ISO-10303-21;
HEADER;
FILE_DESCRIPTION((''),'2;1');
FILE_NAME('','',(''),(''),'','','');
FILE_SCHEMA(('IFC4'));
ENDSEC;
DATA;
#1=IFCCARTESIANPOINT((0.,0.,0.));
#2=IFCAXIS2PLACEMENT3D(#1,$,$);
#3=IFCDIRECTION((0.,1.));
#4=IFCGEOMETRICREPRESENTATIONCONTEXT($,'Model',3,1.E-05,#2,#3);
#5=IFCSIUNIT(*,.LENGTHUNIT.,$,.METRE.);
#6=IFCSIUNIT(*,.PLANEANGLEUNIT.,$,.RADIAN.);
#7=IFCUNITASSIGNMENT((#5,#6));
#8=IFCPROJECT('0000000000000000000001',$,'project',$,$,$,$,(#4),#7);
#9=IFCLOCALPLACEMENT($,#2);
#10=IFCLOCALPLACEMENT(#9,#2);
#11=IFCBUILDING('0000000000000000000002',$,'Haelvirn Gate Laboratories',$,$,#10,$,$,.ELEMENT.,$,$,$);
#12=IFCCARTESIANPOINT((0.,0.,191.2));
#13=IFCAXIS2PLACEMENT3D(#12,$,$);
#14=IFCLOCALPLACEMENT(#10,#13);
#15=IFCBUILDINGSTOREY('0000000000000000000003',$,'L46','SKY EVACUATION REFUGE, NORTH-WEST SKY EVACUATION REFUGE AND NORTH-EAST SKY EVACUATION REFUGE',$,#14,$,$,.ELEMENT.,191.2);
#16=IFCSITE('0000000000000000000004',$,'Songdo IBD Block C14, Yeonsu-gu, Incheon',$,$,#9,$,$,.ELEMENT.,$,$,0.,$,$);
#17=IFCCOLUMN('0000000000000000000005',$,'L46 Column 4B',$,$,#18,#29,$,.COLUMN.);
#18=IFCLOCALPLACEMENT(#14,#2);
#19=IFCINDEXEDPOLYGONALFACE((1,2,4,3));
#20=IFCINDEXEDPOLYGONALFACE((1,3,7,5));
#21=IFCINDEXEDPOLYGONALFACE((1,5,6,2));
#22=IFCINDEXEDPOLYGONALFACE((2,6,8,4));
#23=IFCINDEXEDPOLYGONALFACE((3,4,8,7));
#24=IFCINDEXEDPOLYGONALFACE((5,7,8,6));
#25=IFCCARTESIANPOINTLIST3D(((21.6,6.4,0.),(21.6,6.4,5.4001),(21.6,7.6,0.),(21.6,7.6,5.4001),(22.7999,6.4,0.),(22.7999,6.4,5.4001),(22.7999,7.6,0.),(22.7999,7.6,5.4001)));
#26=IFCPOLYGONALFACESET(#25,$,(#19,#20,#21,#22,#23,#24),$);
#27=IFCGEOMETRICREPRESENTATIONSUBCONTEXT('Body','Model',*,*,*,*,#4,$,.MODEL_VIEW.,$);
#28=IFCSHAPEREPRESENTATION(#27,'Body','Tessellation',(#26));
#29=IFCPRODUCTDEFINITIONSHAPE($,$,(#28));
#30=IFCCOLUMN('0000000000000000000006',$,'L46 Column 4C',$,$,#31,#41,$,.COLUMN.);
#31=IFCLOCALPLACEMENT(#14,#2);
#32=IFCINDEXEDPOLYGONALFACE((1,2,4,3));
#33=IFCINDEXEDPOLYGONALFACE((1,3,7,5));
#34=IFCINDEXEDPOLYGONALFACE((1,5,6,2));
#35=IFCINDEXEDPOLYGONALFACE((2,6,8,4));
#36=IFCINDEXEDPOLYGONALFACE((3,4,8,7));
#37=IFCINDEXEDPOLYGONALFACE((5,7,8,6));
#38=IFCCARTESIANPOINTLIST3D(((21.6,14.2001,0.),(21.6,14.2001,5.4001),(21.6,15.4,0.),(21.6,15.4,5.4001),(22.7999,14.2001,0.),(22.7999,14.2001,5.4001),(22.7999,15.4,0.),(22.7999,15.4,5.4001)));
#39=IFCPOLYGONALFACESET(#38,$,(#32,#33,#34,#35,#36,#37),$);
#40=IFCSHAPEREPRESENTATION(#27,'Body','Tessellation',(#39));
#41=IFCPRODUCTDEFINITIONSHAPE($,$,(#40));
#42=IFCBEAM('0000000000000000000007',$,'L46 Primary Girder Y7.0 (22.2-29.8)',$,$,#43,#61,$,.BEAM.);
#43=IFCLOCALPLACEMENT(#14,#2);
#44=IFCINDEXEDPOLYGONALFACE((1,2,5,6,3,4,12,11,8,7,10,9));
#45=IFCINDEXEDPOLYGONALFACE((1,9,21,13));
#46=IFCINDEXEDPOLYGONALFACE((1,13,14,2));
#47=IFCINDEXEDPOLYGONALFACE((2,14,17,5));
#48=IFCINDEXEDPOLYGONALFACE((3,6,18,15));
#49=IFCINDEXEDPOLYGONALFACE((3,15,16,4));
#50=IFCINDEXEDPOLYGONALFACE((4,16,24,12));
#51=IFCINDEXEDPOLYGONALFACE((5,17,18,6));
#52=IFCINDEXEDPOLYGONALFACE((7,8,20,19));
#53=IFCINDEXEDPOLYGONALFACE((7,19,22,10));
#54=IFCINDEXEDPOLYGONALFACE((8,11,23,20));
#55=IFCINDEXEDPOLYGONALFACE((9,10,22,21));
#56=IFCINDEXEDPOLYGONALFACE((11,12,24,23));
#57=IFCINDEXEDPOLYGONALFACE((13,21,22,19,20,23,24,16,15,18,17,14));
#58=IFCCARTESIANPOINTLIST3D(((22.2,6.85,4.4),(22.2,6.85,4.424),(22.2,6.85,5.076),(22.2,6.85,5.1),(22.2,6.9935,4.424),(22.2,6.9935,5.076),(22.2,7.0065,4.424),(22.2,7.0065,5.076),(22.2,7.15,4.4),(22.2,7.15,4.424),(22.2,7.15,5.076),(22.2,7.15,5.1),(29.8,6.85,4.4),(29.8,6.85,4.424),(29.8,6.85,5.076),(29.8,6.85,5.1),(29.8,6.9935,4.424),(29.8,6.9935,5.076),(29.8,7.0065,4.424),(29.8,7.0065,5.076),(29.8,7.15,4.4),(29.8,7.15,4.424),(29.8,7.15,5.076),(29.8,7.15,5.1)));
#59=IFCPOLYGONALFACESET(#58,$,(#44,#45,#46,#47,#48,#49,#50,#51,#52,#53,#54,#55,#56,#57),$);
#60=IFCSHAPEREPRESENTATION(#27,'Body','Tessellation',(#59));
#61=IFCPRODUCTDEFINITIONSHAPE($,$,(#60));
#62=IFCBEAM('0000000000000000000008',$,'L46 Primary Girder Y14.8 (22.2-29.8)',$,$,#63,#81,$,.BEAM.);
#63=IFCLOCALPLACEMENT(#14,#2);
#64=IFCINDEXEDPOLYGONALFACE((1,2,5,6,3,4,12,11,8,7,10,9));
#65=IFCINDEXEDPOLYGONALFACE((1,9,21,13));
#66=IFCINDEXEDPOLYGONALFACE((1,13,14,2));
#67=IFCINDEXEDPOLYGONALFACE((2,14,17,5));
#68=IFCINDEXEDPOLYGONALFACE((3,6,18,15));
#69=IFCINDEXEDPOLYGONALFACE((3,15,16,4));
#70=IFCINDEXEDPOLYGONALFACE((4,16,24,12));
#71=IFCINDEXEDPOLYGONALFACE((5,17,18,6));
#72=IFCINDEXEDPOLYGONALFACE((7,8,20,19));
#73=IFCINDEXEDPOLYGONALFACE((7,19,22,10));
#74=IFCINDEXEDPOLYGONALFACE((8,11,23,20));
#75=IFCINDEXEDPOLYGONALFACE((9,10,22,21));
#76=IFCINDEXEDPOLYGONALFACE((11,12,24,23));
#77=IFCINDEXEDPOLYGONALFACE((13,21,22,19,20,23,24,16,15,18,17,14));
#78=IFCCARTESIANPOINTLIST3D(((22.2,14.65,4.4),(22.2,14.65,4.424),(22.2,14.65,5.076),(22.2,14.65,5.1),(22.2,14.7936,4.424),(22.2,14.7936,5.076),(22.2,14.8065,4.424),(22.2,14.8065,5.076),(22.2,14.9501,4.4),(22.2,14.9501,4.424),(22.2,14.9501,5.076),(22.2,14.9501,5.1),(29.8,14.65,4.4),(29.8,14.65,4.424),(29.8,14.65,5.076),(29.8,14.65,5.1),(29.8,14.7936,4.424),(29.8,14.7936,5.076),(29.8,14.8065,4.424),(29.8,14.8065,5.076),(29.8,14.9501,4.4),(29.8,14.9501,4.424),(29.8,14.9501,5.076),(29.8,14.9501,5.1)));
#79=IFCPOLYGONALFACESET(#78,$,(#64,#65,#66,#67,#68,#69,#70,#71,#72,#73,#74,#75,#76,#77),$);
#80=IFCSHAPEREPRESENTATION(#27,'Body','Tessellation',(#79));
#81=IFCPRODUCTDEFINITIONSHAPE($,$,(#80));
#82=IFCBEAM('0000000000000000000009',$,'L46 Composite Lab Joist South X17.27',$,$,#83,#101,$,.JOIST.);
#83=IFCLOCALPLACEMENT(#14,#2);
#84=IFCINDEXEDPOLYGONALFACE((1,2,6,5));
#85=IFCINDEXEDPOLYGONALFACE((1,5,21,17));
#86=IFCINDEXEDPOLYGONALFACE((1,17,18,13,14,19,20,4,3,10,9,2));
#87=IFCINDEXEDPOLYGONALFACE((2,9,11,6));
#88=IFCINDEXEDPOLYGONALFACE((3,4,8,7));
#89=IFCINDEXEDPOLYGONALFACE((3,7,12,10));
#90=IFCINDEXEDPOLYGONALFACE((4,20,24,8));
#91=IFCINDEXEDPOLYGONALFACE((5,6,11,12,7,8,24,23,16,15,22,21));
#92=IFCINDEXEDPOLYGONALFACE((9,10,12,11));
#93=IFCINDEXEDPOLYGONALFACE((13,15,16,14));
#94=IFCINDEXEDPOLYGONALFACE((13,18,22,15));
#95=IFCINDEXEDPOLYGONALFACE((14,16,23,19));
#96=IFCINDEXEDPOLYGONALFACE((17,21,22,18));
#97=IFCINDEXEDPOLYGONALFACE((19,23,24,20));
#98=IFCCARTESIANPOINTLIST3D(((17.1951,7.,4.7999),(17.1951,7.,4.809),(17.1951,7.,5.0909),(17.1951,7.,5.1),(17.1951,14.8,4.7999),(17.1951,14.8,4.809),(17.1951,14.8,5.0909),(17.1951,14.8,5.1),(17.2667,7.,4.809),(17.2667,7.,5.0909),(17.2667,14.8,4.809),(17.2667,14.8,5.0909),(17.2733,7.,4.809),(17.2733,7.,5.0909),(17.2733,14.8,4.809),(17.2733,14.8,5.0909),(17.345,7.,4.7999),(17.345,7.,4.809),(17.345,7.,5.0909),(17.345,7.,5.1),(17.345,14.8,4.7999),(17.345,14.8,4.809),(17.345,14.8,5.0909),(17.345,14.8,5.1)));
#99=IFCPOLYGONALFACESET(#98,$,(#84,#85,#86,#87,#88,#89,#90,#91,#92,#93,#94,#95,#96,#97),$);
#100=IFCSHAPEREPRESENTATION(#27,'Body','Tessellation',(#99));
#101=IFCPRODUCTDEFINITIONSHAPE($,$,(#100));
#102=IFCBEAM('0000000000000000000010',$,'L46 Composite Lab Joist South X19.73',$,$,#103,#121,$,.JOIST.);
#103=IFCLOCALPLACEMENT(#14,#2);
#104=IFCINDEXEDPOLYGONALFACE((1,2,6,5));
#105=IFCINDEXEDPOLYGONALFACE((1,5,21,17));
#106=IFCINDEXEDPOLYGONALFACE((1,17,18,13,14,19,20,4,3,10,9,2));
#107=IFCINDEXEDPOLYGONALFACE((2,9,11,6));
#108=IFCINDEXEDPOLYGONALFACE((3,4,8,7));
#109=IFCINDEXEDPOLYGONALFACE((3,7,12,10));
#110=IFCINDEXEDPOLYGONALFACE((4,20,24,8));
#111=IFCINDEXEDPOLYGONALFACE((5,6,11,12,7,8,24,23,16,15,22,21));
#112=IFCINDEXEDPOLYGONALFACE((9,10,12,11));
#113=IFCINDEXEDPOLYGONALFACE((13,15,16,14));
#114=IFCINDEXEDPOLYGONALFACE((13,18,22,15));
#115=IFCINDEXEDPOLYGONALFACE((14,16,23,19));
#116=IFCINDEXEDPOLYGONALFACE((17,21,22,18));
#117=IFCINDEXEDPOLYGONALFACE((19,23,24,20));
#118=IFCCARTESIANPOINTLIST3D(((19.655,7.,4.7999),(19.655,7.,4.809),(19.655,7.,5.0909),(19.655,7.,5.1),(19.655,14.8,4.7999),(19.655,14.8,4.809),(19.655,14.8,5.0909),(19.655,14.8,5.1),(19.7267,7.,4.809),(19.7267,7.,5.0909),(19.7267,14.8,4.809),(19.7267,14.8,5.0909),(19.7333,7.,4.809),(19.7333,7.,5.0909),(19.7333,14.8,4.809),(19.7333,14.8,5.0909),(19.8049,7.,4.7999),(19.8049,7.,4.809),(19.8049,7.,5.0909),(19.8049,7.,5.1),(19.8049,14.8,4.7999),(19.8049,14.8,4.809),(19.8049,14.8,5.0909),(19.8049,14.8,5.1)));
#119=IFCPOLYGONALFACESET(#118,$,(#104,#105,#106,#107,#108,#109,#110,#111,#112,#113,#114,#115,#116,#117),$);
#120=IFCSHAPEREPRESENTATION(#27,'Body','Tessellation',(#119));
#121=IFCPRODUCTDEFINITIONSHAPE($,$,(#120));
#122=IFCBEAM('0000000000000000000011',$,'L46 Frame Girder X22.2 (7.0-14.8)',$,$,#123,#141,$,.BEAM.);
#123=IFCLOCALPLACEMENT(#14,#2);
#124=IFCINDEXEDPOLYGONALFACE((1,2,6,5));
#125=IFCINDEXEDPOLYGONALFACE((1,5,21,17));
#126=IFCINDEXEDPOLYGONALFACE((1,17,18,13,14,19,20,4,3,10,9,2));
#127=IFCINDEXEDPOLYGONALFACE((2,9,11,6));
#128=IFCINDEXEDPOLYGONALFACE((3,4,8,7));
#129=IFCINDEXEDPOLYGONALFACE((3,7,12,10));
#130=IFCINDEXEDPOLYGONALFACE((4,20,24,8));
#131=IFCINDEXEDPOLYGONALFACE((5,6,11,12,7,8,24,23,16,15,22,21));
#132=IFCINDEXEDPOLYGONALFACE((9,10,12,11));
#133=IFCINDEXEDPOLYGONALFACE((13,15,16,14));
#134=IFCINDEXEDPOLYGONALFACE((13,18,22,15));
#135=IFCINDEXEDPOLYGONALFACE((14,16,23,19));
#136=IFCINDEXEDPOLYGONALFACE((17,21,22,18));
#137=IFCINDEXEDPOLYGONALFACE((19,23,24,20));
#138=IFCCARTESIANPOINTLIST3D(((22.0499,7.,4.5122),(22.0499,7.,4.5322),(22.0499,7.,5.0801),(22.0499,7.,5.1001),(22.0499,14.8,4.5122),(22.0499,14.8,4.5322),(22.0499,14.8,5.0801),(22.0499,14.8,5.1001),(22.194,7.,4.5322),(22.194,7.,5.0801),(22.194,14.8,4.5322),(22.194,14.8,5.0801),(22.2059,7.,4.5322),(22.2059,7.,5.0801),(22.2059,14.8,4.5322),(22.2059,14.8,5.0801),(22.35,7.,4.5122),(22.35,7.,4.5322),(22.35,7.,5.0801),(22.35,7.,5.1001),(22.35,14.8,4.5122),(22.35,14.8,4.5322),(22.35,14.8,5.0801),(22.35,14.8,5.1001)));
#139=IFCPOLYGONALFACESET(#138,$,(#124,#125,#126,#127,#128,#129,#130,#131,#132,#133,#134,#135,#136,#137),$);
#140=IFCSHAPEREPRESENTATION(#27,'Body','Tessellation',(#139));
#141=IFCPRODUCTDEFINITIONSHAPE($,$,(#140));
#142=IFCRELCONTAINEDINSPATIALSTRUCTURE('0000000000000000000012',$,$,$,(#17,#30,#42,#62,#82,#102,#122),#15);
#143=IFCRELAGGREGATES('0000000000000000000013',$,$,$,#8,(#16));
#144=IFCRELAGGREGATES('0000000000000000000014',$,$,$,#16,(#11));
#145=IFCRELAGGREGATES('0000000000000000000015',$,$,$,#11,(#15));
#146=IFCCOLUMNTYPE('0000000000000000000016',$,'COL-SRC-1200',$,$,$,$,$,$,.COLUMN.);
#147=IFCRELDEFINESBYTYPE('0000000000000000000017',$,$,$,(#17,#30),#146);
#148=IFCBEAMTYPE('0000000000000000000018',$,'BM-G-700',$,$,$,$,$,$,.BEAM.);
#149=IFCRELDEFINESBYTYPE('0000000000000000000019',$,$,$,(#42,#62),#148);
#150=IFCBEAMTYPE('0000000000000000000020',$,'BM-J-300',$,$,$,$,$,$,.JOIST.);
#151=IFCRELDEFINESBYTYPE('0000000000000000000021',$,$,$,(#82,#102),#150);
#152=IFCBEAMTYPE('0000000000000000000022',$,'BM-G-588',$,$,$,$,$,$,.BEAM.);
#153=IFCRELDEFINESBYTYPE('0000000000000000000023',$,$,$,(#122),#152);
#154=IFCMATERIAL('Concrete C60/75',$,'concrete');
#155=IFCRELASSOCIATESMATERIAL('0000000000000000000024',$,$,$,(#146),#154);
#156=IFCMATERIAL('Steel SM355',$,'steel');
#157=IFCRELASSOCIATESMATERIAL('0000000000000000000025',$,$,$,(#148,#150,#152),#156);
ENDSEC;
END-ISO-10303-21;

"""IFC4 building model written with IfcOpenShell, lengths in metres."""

from ifc_helpers import new_model, si_unit, direction, frame, origin, origin_2d, place, context, subcontext, project, spatial, rectangle, i_section, extrude, source, transform, mapped, material, material_profile, profile_set, type_object, type_shapes, element, save


model = new_model("IFC4")

# Units and contexts
model_context = context("Model", 3, precision=1e-05, world=origin(), true_north=direction((0.0, 1.0)))
body_context = subcontext(model_context, "Body", "Model", "MODEL_VIEW")
ifc_project = project(units=[si_unit("LENGTHUNIT", "METRE"), si_unit("PLANEANGLEUNIT", "RADIAN")], contexts=[model_context])

# Site, building, storey
site_placement = place(None, origin())
site = spatial("IfcSite", under=ifc_project, at=site_placement, Name="Songdo IBD Block C14, Yeonsu-gu, Incheon", CompositionType="ELEMENT", RefElevation=0.0)
building_placement = place(site_placement, origin())
building = spatial("IfcBuilding", under=site, at=building_placement, Name="Haelvirn Gate Laboratories", CompositionType="ELEMENT")
storey_placement = place(building_placement, frame((0.0, 0.0, 191.2)))
storey = spatial("IfcBuildingStorey", under=building, at=storey_placement, Name="L46", Description="SKY EVACUATION REFUGE, NORTH-WEST SKY EVACUATION REFUGE AND NORTH-EAST SKY EVACUATION REFUGE", CompositionType="ELEMENT", Elevation=191.2)

# Columns
ifc_material_1 = material(Name="Concrete C60/75", Category="concrete")
ifc_material_profile_1 = material_profile(ifc_material_1, rectangle(XDim=1.2, YDim=1.2, at=origin_2d()), Name="SRC-1200x1200")
ifc_profile_set_1 = profile_set([ifc_material_profile_1], Name="Concrete C60/75")
column_type = type_object("IfcColumnType", Name="COL-SRC-1200", PredefinedType="COLUMN", material=ifc_profile_set_1)
shared_shape_1 = source(origin(), body_context, "Body", "SweptSolid", [
    extrude(rectangle(XDim=1.2, YDim=1.2, at=origin_2d()), origin(), (0.0, 0.0, 1.0), 5.4001),
])
type_shapes(column_type, [shared_shape_1])
for number, where, z_axis, x_axis, name in (
    (1, (22.2, 7.0, 0.0), (0.0, 0.0, 1.0), (1.0, 0.0, 0.0), "L46 Column 4B"),
    (2, (22.2, 14.8, 0.0), (0.0, 0.0, 1.0), (1.0, 0.0, 0.0), "L46 Column 4C"),
):
    element("IfcColumn", number, at=place(storey_placement, frame(where, z_axis=z_axis, x_axis=x_axis)), inside=storey, type_object=column_type, Name=name, PredefinedType="COLUMN", context=body_context, shape_type="MappedRepresentation", body=[
        mapped(shared_shape_1, transform((0.0, 0.0, 0.0), scale=1.0)),
    ])

# Beams
ifc_material_2 = material(Name="Steel SM355", Category="steel")
ifc_material_profile_2 = material_profile(ifc_material_2, i_section(OverallWidth=0.3, OverallDepth=0.7, WebThickness=0.0129, FlangeThickness=0.0239, at=origin_2d()), Name="H-700x300x13x24")
ifc_profile_set_2 = profile_set([ifc_material_profile_2], Name="Steel SM355")
beam_type_1 = type_object("IfcBeamType", Name="BM-G-700", PredefinedType="BEAM", material=ifc_profile_set_2)
shared_shape_2 = source(origin(), body_context, "Body", "SweptSolid", [
    extrude(i_section(OverallWidth=0.3, OverallDepth=0.7, WebThickness=0.0129, FlangeThickness=0.0239, at=origin_2d()), origin(), (0.0, 0.0, 1.0), 7.6001),
])
type_shapes(beam_type_1, [shared_shape_2])
for number, where, z_axis, x_axis, name in (
    (3, (22.2, 7.0, 4.75), (1.0, 0.0, 0.0), (0.0, 1.0, 0.0), "L46 Primary Girder Y7.0 (22.2-29.8)"),
    (4, (22.2, 14.8, 4.75), (1.0, 0.0, 0.0), (0.0, 1.0, 0.0), "L46 Primary Girder Y14.8 (22.2-29.8)"),
):
    element("IfcBeam", number, at=place(storey_placement, frame(where, z_axis=z_axis, x_axis=x_axis)), inside=storey, type_object=beam_type_1, Name=name, PredefinedType="BEAM", context=body_context, shape_type="MappedRepresentation", body=[
        mapped(shared_shape_2, transform((0.0, 0.0, 0.0), scale=1.0)),
    ])
ifc_material_profile_3 = material_profile(ifc_material_2, i_section(OverallWidth=0.1499, OverallDepth=0.3, WebThickness=0.0066, FlangeThickness=0.009, at=origin_2d()), Name="H-300x150x6.5x9")
ifc_profile_set_3 = profile_set([ifc_material_profile_3], Name="Steel SM355")
beam_type_2 = type_object("IfcBeamType", Name="BM-J-300", PredefinedType="JOIST", material=ifc_profile_set_3)
shared_shape_3 = source(origin(), body_context, "Body", "SweptSolid", [
    extrude(i_section(OverallWidth=0.1499, OverallDepth=0.3, WebThickness=0.0066, FlangeThickness=0.009, at=origin_2d()), origin(), (0.0, 0.0, 1.0), 7.8),
])
type_shapes(beam_type_2, [shared_shape_3])
for number, where, z_axis, x_axis, name in (
    (5, (17.27, 7.0, 4.95), (0.0, 1.0, 0.0), (-1.0, 0.0, 0.0), "L46 Composite Lab Joist South X17.27"),
    (6, (19.73, 7.0, 4.95), (0.0, 1.0, 0.0), (-1.0, 0.0, 0.0), "L46 Composite Lab Joist South X19.73"),
):
    element("IfcBeam", number, at=place(storey_placement, frame(where, z_axis=z_axis, x_axis=x_axis)), inside=storey, type_object=beam_type_2, Name=name, PredefinedType="JOIST", context=body_context, shape_type="MappedRepresentation", body=[
        mapped(shared_shape_3, transform((0.0, 0.0, 0.0), scale=1.0)),
    ])
ifc_material_profile_4 = material_profile(ifc_material_2, i_section(OverallWidth=0.3, OverallDepth=0.5879, WebThickness=0.012, FlangeThickness=0.02, at=origin_2d()), Name="H-588x300x12x20")
ifc_profile_set_4 = profile_set([ifc_material_profile_4], Name="Steel SM355")
beam_type_3 = type_object("IfcBeamType", Name="BM-G-588", PredefinedType="BEAM", material=ifc_profile_set_4)
shared_shape_4 = source(origin(), body_context, "Body", "SweptSolid", [
    extrude(i_section(OverallWidth=0.3, OverallDepth=0.5879, WebThickness=0.012, FlangeThickness=0.02, at=origin_2d()), origin(), (0.0, 0.0, 1.0), 7.8),
])
type_shapes(beam_type_3, [shared_shape_4])
beam_placement = place(storey_placement, frame((22.2, 7.0, 4.8062), z_axis=(0.0, 1.0, 0.0), x_axis=(-1.0, 0.0, 0.0)))
element("IfcBeam", 7, at=beam_placement, inside=storey, type_object=beam_type_3, Name="L46 Frame Girder X22.2 (7.0-14.8)", PredefinedType="BEAM", context=body_context, shape_type="MappedRepresentation", body=[
    mapped(shared_shape_4, transform((0.0, 0.0, 0.0), scale=1.0)),
])

save(model, "model.ifc")
